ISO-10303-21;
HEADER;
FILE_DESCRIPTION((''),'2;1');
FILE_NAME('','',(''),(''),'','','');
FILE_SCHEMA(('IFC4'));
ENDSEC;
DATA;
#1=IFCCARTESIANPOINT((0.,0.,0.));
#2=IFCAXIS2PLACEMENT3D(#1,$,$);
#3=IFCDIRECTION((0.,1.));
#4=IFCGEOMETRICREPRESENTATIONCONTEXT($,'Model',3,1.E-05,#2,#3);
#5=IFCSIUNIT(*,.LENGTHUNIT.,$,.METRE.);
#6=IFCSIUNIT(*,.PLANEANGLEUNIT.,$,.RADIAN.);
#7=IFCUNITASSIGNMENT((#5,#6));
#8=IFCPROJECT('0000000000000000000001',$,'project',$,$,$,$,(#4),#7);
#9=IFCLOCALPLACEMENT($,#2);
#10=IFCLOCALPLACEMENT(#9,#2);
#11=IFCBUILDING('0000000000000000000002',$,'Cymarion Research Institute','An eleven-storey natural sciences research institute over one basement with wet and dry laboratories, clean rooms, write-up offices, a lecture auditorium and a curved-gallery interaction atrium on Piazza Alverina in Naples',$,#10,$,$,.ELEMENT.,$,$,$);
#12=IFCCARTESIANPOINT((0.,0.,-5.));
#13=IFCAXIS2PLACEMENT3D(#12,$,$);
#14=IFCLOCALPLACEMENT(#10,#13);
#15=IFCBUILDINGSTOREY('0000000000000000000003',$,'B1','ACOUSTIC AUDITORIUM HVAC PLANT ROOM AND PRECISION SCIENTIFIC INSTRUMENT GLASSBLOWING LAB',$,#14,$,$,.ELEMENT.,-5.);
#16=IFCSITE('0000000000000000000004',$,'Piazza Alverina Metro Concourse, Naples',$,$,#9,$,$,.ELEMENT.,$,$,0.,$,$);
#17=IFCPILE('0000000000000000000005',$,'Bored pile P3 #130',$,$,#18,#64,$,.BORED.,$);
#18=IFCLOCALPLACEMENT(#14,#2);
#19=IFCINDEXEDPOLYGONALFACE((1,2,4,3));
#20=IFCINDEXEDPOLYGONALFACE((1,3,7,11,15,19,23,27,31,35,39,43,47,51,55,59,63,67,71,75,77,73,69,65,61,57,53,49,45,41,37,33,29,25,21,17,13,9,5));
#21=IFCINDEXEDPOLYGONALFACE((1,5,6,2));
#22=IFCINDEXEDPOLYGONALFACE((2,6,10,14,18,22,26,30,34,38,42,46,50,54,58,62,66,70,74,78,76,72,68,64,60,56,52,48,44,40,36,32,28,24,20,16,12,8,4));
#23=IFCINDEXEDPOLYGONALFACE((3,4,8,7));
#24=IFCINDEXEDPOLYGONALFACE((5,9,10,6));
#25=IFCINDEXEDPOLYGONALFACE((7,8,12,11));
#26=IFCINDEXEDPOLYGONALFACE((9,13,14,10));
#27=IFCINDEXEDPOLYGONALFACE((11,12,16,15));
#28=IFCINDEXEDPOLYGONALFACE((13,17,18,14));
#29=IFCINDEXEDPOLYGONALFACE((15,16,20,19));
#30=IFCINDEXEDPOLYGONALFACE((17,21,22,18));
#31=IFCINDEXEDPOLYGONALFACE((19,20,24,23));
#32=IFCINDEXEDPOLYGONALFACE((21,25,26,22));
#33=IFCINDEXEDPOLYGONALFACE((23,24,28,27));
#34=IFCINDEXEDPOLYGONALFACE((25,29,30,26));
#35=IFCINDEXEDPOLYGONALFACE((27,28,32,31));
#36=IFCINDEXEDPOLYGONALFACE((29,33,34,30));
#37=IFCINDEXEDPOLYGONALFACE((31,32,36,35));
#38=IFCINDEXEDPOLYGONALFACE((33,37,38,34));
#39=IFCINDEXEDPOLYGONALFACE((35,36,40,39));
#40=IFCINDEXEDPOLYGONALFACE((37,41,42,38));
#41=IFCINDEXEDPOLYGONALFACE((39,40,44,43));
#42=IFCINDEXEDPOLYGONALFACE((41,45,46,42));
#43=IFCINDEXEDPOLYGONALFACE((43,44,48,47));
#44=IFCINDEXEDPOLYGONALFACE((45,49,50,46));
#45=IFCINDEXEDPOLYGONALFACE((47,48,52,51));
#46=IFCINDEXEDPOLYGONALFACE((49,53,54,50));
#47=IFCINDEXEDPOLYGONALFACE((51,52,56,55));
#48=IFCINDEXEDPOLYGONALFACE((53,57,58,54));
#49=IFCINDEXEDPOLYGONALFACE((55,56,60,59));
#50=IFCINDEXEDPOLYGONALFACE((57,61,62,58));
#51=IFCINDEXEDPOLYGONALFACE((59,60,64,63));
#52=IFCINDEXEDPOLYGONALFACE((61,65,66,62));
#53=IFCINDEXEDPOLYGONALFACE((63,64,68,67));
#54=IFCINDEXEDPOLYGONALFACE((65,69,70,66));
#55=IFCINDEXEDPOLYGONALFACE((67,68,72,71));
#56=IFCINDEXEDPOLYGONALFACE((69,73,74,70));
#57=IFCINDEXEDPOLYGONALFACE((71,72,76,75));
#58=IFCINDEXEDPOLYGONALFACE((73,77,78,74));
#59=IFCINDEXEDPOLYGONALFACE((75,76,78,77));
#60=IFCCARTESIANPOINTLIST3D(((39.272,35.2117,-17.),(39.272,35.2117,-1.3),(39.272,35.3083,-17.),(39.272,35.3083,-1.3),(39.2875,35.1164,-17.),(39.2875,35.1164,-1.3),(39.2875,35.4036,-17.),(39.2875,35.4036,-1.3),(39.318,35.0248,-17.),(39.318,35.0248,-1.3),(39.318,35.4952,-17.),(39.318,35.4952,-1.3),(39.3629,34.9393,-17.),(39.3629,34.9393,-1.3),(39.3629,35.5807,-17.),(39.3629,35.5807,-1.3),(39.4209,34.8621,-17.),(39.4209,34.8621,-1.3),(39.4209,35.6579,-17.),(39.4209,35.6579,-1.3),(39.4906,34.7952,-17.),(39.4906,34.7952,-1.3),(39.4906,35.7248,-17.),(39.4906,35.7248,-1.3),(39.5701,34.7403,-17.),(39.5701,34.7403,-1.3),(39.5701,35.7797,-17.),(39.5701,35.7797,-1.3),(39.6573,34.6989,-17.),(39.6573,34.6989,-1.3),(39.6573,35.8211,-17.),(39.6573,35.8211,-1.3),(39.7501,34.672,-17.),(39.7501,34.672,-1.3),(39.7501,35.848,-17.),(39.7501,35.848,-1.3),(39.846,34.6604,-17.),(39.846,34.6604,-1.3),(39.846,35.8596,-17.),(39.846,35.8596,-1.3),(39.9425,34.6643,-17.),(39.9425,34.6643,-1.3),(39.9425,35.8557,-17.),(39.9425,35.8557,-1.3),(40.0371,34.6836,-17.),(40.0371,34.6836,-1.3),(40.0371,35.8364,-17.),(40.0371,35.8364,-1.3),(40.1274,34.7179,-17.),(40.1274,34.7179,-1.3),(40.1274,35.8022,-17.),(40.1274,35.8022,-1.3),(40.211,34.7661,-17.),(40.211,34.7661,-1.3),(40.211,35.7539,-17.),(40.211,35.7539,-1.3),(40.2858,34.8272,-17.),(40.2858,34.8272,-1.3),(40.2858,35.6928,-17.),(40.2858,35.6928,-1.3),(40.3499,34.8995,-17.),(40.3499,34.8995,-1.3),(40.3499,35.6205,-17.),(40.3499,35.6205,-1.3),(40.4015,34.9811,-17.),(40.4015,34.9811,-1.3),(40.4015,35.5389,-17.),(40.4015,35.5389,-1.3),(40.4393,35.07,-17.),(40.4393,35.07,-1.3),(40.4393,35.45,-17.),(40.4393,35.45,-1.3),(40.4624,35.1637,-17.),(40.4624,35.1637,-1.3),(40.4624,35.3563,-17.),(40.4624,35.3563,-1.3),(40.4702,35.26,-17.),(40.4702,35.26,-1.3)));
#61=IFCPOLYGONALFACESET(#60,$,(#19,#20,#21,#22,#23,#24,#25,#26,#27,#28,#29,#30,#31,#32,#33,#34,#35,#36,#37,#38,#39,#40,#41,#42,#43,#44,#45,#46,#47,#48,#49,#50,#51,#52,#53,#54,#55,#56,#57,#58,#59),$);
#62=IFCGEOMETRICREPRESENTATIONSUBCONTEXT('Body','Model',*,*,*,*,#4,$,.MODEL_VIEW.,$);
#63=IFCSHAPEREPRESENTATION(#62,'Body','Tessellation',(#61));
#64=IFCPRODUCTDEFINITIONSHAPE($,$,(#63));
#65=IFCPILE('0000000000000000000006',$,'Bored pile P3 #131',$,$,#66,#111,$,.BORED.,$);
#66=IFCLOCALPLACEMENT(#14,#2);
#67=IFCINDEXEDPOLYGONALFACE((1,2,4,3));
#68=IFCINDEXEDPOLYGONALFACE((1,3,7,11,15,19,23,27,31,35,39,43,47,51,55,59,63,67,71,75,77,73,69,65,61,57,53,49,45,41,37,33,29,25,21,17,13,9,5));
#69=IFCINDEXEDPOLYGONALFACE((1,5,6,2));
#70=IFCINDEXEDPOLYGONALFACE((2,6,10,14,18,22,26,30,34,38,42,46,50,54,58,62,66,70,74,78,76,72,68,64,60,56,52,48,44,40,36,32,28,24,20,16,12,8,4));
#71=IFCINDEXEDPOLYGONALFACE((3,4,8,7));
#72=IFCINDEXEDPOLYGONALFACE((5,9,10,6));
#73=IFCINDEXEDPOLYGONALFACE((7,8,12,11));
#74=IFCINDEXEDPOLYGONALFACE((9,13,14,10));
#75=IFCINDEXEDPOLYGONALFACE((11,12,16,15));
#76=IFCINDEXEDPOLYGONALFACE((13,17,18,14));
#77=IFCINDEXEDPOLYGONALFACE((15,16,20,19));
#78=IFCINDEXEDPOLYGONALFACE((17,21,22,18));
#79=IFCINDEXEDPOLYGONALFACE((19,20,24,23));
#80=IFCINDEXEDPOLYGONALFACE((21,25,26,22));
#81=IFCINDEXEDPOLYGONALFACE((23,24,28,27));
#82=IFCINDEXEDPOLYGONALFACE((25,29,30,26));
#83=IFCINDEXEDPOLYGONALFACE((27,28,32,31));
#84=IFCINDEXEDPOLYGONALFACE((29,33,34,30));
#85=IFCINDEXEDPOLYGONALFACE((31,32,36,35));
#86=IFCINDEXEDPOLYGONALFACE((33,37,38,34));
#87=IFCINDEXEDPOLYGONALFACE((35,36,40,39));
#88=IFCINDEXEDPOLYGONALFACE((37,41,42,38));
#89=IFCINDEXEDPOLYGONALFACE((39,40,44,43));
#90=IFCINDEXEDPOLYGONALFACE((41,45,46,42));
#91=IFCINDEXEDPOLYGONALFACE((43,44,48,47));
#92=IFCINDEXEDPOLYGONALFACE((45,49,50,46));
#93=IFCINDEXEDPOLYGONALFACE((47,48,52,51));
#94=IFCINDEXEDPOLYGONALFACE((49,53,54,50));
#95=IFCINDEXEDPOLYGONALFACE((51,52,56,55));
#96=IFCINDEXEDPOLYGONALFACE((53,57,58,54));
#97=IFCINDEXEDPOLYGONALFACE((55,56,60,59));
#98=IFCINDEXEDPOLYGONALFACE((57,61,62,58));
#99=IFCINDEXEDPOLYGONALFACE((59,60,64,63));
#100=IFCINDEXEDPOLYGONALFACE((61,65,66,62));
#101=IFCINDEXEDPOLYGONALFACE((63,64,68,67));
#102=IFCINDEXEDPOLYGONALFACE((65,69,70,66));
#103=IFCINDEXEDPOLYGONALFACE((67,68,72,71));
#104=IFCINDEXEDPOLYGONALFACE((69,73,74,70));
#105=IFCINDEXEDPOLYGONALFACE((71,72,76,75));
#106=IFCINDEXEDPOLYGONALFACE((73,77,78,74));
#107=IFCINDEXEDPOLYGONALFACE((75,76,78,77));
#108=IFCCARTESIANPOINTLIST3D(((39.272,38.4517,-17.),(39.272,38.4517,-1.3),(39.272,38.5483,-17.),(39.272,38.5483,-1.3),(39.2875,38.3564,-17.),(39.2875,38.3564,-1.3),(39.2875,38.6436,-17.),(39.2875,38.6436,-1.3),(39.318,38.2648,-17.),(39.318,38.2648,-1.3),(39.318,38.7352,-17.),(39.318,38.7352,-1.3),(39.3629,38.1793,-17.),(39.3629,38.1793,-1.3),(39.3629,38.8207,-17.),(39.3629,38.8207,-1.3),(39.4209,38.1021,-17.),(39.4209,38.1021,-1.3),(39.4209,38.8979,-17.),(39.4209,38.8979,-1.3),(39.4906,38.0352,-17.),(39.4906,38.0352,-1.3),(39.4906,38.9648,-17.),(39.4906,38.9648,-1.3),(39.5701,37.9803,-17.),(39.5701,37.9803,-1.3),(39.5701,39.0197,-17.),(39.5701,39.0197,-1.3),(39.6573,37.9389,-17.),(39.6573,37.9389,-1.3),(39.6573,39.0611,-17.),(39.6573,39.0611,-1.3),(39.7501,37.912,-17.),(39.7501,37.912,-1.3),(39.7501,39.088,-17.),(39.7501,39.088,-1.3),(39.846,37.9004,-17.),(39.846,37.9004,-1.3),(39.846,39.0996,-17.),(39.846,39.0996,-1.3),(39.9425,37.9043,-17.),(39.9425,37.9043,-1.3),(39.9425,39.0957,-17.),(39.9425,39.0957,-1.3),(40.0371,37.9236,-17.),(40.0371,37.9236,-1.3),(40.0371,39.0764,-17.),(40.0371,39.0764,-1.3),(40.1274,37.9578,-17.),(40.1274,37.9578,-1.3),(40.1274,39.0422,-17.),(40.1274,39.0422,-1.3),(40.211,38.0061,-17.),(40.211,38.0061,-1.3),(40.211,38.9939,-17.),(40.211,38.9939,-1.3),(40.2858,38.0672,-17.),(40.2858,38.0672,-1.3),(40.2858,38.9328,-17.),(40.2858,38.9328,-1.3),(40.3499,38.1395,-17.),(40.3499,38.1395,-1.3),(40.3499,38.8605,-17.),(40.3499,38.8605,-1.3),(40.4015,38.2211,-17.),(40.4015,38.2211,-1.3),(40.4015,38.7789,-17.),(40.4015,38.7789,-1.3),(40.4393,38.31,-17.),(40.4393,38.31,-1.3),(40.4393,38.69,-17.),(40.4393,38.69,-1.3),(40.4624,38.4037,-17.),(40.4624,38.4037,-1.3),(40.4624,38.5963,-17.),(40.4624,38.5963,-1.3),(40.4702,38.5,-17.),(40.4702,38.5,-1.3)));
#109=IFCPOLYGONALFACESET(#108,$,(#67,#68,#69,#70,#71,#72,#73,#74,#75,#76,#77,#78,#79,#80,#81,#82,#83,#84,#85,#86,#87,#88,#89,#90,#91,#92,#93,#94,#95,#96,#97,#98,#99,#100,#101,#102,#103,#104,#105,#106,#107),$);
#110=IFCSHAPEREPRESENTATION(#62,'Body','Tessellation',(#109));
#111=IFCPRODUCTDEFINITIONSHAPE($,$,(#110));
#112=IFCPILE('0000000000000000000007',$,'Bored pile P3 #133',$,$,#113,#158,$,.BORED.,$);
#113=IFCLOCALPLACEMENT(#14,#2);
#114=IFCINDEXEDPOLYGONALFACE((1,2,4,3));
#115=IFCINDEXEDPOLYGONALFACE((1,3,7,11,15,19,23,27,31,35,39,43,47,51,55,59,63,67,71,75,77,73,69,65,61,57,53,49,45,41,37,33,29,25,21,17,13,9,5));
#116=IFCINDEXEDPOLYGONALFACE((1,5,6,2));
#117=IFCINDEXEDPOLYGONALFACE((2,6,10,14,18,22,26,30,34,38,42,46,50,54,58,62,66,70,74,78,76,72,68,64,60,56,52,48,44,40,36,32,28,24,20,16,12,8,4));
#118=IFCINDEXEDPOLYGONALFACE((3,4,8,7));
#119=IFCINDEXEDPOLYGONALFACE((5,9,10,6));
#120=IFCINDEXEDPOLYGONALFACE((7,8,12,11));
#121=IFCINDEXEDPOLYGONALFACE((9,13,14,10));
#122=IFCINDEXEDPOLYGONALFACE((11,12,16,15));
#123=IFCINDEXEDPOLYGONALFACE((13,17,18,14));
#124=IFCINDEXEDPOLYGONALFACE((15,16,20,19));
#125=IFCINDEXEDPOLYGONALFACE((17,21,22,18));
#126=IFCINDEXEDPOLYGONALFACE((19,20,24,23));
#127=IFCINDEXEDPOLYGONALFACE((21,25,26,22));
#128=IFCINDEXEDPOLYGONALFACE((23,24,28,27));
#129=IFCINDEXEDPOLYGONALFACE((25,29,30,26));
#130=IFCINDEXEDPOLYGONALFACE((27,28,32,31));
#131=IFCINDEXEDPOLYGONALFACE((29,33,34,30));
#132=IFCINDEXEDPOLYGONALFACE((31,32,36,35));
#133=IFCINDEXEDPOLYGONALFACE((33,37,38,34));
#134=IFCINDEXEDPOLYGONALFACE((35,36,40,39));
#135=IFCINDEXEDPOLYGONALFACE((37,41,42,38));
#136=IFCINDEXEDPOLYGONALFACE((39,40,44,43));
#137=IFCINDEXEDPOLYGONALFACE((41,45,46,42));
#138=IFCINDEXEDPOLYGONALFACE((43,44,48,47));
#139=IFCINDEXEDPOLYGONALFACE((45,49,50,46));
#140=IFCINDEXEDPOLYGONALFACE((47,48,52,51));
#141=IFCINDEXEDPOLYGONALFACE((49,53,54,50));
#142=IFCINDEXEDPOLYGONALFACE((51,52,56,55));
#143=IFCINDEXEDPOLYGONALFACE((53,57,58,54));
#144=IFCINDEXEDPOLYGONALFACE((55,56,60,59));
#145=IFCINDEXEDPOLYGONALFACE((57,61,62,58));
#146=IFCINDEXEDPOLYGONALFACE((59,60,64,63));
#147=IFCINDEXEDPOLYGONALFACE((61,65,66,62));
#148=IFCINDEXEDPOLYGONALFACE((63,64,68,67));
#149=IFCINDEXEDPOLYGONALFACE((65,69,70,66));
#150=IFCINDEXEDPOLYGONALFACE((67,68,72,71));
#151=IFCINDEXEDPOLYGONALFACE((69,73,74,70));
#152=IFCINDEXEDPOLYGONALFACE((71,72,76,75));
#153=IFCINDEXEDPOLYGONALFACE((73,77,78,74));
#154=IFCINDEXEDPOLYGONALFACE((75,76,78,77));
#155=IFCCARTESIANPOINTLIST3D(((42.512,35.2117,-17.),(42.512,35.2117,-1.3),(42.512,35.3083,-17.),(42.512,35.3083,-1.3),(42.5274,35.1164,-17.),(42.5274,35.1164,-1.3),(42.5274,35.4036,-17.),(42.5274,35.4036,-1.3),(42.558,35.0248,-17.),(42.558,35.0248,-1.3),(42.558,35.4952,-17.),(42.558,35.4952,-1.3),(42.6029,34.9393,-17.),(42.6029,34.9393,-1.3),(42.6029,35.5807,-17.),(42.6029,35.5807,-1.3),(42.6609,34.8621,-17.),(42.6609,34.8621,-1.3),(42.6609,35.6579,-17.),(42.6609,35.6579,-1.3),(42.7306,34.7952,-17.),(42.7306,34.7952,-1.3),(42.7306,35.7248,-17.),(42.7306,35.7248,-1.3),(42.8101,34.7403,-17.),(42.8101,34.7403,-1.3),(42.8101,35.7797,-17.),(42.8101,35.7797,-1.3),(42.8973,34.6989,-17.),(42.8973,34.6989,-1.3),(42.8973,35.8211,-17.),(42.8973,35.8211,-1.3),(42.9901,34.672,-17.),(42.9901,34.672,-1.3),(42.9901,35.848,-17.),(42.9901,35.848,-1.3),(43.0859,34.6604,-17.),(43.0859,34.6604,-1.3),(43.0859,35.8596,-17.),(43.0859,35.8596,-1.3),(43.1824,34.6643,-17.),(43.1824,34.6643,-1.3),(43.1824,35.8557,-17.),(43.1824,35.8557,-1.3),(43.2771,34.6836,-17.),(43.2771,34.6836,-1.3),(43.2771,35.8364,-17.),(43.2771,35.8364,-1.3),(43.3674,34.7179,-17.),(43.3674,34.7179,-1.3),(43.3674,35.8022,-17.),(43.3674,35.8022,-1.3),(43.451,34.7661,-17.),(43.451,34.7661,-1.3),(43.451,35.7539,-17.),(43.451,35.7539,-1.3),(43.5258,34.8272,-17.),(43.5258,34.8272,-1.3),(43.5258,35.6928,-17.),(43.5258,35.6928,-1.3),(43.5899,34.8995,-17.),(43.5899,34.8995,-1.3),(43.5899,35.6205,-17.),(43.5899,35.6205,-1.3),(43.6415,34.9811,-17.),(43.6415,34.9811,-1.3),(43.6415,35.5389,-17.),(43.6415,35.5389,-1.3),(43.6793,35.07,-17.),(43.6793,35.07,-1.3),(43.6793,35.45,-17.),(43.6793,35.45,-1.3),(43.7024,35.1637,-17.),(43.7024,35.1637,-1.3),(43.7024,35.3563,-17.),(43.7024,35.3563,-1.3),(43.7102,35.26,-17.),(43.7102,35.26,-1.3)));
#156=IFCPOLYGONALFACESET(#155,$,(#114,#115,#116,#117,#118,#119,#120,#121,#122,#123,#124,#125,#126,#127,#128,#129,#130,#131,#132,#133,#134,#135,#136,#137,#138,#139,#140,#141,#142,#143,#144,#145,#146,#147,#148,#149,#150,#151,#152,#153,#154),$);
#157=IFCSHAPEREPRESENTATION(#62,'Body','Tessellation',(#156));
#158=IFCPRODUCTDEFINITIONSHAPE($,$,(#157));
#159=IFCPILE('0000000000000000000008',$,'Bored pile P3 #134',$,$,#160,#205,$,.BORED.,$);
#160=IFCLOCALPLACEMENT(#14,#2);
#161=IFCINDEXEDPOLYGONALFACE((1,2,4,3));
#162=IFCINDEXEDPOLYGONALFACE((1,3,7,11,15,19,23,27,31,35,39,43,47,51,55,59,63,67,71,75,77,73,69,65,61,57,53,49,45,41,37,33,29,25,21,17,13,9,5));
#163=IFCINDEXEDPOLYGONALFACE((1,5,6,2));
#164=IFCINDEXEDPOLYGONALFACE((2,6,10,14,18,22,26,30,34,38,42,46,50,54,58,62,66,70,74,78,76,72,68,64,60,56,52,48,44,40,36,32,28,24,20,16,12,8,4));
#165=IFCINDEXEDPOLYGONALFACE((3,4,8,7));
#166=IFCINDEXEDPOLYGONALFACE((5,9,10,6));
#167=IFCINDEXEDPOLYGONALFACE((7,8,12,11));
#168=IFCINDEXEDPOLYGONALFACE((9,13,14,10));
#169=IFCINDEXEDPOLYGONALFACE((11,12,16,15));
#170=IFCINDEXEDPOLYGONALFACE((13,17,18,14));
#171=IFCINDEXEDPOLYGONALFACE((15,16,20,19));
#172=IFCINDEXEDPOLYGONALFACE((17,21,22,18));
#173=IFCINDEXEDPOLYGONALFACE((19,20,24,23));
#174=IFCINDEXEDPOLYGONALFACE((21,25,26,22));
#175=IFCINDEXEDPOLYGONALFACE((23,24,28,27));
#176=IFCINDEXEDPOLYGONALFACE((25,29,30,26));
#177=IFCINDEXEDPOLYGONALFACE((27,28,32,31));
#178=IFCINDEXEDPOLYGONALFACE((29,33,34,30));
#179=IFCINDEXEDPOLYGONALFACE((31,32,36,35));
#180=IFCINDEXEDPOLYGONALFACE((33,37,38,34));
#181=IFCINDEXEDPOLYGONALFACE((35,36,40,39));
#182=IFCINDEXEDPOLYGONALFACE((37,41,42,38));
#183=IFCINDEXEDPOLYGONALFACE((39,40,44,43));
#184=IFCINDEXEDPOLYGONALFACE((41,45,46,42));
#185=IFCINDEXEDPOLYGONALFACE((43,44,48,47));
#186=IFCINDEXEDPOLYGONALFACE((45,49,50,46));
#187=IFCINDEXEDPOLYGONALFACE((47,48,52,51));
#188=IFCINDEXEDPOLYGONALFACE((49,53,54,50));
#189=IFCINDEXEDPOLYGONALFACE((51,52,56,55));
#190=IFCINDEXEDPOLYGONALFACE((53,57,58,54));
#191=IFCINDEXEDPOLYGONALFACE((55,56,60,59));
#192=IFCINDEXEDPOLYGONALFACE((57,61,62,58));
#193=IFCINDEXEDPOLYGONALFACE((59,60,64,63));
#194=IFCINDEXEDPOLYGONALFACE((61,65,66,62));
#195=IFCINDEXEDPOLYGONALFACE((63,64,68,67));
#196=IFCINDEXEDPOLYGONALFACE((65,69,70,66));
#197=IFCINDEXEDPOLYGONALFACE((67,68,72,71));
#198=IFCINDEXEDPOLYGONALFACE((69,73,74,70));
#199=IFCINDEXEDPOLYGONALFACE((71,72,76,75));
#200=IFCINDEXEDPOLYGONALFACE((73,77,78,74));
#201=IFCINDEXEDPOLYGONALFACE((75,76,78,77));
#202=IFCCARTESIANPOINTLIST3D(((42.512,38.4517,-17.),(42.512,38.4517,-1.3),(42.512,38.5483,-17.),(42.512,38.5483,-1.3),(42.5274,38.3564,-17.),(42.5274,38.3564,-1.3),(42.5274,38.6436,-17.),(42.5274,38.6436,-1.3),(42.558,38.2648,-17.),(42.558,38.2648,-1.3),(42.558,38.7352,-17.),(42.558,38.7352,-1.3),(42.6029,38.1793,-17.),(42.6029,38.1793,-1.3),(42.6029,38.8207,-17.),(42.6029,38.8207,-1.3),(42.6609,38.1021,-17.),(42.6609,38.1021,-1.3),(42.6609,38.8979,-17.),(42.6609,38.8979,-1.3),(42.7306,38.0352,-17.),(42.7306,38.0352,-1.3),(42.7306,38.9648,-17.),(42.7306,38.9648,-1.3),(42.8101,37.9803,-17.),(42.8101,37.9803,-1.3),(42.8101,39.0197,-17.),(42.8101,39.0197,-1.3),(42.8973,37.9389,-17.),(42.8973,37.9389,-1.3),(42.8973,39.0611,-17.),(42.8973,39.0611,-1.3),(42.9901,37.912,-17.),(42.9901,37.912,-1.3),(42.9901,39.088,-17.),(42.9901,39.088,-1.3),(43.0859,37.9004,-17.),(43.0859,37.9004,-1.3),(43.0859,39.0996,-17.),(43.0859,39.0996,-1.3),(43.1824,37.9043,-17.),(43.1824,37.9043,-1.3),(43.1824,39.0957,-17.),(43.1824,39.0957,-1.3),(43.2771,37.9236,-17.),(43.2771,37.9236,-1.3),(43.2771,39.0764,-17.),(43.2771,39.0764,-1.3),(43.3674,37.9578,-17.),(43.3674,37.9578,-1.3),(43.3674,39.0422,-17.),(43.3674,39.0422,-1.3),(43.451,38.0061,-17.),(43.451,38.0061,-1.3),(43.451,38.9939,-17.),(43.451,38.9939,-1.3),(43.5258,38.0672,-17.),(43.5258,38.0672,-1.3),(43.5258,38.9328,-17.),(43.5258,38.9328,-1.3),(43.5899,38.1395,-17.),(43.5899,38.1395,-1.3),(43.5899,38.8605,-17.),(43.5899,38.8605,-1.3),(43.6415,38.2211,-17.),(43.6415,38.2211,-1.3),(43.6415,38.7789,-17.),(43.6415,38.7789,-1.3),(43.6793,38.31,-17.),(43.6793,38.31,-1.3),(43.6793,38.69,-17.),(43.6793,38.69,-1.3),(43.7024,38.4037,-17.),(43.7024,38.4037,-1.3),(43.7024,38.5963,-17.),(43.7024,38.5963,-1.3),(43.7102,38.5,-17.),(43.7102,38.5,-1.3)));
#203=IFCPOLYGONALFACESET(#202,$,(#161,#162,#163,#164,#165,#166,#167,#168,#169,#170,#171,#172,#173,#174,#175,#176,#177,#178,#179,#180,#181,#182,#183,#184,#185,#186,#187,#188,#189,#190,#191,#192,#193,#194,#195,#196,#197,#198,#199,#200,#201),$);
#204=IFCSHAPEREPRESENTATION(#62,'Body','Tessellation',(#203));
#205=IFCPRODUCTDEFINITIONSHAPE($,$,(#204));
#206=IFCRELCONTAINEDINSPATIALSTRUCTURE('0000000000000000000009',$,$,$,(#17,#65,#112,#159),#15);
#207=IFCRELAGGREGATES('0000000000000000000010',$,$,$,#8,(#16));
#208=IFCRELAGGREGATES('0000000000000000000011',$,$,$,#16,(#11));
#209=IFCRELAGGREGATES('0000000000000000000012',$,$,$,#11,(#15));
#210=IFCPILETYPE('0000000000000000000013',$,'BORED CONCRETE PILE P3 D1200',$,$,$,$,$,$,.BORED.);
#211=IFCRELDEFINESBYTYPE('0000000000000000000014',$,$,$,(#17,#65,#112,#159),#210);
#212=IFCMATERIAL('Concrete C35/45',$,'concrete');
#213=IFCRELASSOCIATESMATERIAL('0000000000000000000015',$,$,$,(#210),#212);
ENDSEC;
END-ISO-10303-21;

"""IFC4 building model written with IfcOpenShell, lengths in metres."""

from ifc_helpers import new_model, si_unit, direction, frame, origin, origin_2d, place, context, subcontext, project, spatial, circle, extrude, material, material_profile, profile_set, type_object, element, save


model = new_model("IFC4")

# Units and contexts
model_context = context("Model", 3, precision=1e-05, world=origin(), true_north=direction((0.0, 1.0)))
body_context = subcontext(model_context, "Body", "Model", "MODEL_VIEW")
ifc_project = project(units=[si_unit("LENGTHUNIT", "METRE"), si_unit("PLANEANGLEUNIT", "RADIAN")], contexts=[model_context])

# Site, building, storey
site_placement = place(None, origin())
site = spatial("IfcSite", under=ifc_project, at=site_placement, Name="Piazza Alverina Metro Concourse, Naples", CompositionType="ELEMENT", RefElevation=0.0)
building_placement = place(site_placement, origin())
building = spatial("IfcBuilding", under=site, at=building_placement, Name="Cymarion Research Institute", Description="An eleven-storey natural sciences research institute over one basement with wet and dry laboratories, clean rooms, write-up offices, a lecture auditorium and a curved-gallery interaction atrium on Piazza Alverina in Naples", CompositionType="ELEMENT")
storey_placement = place(building_placement, frame((0.0, 0.0, -5.0)))
storey = spatial("IfcBuildingStorey", under=building, at=storey_placement, Name="B1", Description="ACOUSTIC AUDITORIUM HVAC PLANT ROOM AND PRECISION SCIENTIFIC INSTRUMENT GLASSBLOWING LAB", CompositionType="ELEMENT", Elevation=-5.0)

# Piles
ifc_material_1 = material(Name="Concrete C35/45", Category="concrete")
ifc_material_profile_1 = material_profile(ifc_material_1, circle(Radius=0.6001, at=origin_2d()), Name="BORED PILE D1200")
ifc_profile_set_1 = profile_set([ifc_material_profile_1], Name="Concrete C35/45")
pile_type_1 = type_object("IfcPileType", Name="BORED CONCRETE PILE P3 D1200", PredefinedType="BORED", material=ifc_profile_set_1)
for number, where, z_axis, x_axis, name in (
    (1, (39.8701, 35.26, -1.3), (0.0, 0.0, -1.0), (1.0, 0.0, 0.0), "Bored pile P3 #130"),
    (2, (39.8701, 38.5, -1.3), (0.0, 0.0, -1.0), (1.0, 0.0, 0.0), "Bored pile P3 #131"),
    (3, (43.1101, 35.26, -1.3), (0.0, 0.0, -1.0), (1.0, 0.0, 0.0), "Bored pile P3 #133"),
    (4, (43.1101, 38.5, -1.3), (0.0, 0.0, -1.0), (1.0, 0.0, 0.0), "Bored pile P3 #134"),
):
    element("IfcPile", number, at=place(storey_placement, frame(where, z_axis=z_axis, x_axis=x_axis)), inside=storey, type_object=pile_type_1, Name=name, PredefinedType="BORED", context=body_context, shape_type="SweptSolid", body=[
        extrude(circle(Radius=0.6001, at=origin_2d()), origin(), (0.0, 0.0, 1.0), 15.7),
    ])

save(model, "model.ifc")
